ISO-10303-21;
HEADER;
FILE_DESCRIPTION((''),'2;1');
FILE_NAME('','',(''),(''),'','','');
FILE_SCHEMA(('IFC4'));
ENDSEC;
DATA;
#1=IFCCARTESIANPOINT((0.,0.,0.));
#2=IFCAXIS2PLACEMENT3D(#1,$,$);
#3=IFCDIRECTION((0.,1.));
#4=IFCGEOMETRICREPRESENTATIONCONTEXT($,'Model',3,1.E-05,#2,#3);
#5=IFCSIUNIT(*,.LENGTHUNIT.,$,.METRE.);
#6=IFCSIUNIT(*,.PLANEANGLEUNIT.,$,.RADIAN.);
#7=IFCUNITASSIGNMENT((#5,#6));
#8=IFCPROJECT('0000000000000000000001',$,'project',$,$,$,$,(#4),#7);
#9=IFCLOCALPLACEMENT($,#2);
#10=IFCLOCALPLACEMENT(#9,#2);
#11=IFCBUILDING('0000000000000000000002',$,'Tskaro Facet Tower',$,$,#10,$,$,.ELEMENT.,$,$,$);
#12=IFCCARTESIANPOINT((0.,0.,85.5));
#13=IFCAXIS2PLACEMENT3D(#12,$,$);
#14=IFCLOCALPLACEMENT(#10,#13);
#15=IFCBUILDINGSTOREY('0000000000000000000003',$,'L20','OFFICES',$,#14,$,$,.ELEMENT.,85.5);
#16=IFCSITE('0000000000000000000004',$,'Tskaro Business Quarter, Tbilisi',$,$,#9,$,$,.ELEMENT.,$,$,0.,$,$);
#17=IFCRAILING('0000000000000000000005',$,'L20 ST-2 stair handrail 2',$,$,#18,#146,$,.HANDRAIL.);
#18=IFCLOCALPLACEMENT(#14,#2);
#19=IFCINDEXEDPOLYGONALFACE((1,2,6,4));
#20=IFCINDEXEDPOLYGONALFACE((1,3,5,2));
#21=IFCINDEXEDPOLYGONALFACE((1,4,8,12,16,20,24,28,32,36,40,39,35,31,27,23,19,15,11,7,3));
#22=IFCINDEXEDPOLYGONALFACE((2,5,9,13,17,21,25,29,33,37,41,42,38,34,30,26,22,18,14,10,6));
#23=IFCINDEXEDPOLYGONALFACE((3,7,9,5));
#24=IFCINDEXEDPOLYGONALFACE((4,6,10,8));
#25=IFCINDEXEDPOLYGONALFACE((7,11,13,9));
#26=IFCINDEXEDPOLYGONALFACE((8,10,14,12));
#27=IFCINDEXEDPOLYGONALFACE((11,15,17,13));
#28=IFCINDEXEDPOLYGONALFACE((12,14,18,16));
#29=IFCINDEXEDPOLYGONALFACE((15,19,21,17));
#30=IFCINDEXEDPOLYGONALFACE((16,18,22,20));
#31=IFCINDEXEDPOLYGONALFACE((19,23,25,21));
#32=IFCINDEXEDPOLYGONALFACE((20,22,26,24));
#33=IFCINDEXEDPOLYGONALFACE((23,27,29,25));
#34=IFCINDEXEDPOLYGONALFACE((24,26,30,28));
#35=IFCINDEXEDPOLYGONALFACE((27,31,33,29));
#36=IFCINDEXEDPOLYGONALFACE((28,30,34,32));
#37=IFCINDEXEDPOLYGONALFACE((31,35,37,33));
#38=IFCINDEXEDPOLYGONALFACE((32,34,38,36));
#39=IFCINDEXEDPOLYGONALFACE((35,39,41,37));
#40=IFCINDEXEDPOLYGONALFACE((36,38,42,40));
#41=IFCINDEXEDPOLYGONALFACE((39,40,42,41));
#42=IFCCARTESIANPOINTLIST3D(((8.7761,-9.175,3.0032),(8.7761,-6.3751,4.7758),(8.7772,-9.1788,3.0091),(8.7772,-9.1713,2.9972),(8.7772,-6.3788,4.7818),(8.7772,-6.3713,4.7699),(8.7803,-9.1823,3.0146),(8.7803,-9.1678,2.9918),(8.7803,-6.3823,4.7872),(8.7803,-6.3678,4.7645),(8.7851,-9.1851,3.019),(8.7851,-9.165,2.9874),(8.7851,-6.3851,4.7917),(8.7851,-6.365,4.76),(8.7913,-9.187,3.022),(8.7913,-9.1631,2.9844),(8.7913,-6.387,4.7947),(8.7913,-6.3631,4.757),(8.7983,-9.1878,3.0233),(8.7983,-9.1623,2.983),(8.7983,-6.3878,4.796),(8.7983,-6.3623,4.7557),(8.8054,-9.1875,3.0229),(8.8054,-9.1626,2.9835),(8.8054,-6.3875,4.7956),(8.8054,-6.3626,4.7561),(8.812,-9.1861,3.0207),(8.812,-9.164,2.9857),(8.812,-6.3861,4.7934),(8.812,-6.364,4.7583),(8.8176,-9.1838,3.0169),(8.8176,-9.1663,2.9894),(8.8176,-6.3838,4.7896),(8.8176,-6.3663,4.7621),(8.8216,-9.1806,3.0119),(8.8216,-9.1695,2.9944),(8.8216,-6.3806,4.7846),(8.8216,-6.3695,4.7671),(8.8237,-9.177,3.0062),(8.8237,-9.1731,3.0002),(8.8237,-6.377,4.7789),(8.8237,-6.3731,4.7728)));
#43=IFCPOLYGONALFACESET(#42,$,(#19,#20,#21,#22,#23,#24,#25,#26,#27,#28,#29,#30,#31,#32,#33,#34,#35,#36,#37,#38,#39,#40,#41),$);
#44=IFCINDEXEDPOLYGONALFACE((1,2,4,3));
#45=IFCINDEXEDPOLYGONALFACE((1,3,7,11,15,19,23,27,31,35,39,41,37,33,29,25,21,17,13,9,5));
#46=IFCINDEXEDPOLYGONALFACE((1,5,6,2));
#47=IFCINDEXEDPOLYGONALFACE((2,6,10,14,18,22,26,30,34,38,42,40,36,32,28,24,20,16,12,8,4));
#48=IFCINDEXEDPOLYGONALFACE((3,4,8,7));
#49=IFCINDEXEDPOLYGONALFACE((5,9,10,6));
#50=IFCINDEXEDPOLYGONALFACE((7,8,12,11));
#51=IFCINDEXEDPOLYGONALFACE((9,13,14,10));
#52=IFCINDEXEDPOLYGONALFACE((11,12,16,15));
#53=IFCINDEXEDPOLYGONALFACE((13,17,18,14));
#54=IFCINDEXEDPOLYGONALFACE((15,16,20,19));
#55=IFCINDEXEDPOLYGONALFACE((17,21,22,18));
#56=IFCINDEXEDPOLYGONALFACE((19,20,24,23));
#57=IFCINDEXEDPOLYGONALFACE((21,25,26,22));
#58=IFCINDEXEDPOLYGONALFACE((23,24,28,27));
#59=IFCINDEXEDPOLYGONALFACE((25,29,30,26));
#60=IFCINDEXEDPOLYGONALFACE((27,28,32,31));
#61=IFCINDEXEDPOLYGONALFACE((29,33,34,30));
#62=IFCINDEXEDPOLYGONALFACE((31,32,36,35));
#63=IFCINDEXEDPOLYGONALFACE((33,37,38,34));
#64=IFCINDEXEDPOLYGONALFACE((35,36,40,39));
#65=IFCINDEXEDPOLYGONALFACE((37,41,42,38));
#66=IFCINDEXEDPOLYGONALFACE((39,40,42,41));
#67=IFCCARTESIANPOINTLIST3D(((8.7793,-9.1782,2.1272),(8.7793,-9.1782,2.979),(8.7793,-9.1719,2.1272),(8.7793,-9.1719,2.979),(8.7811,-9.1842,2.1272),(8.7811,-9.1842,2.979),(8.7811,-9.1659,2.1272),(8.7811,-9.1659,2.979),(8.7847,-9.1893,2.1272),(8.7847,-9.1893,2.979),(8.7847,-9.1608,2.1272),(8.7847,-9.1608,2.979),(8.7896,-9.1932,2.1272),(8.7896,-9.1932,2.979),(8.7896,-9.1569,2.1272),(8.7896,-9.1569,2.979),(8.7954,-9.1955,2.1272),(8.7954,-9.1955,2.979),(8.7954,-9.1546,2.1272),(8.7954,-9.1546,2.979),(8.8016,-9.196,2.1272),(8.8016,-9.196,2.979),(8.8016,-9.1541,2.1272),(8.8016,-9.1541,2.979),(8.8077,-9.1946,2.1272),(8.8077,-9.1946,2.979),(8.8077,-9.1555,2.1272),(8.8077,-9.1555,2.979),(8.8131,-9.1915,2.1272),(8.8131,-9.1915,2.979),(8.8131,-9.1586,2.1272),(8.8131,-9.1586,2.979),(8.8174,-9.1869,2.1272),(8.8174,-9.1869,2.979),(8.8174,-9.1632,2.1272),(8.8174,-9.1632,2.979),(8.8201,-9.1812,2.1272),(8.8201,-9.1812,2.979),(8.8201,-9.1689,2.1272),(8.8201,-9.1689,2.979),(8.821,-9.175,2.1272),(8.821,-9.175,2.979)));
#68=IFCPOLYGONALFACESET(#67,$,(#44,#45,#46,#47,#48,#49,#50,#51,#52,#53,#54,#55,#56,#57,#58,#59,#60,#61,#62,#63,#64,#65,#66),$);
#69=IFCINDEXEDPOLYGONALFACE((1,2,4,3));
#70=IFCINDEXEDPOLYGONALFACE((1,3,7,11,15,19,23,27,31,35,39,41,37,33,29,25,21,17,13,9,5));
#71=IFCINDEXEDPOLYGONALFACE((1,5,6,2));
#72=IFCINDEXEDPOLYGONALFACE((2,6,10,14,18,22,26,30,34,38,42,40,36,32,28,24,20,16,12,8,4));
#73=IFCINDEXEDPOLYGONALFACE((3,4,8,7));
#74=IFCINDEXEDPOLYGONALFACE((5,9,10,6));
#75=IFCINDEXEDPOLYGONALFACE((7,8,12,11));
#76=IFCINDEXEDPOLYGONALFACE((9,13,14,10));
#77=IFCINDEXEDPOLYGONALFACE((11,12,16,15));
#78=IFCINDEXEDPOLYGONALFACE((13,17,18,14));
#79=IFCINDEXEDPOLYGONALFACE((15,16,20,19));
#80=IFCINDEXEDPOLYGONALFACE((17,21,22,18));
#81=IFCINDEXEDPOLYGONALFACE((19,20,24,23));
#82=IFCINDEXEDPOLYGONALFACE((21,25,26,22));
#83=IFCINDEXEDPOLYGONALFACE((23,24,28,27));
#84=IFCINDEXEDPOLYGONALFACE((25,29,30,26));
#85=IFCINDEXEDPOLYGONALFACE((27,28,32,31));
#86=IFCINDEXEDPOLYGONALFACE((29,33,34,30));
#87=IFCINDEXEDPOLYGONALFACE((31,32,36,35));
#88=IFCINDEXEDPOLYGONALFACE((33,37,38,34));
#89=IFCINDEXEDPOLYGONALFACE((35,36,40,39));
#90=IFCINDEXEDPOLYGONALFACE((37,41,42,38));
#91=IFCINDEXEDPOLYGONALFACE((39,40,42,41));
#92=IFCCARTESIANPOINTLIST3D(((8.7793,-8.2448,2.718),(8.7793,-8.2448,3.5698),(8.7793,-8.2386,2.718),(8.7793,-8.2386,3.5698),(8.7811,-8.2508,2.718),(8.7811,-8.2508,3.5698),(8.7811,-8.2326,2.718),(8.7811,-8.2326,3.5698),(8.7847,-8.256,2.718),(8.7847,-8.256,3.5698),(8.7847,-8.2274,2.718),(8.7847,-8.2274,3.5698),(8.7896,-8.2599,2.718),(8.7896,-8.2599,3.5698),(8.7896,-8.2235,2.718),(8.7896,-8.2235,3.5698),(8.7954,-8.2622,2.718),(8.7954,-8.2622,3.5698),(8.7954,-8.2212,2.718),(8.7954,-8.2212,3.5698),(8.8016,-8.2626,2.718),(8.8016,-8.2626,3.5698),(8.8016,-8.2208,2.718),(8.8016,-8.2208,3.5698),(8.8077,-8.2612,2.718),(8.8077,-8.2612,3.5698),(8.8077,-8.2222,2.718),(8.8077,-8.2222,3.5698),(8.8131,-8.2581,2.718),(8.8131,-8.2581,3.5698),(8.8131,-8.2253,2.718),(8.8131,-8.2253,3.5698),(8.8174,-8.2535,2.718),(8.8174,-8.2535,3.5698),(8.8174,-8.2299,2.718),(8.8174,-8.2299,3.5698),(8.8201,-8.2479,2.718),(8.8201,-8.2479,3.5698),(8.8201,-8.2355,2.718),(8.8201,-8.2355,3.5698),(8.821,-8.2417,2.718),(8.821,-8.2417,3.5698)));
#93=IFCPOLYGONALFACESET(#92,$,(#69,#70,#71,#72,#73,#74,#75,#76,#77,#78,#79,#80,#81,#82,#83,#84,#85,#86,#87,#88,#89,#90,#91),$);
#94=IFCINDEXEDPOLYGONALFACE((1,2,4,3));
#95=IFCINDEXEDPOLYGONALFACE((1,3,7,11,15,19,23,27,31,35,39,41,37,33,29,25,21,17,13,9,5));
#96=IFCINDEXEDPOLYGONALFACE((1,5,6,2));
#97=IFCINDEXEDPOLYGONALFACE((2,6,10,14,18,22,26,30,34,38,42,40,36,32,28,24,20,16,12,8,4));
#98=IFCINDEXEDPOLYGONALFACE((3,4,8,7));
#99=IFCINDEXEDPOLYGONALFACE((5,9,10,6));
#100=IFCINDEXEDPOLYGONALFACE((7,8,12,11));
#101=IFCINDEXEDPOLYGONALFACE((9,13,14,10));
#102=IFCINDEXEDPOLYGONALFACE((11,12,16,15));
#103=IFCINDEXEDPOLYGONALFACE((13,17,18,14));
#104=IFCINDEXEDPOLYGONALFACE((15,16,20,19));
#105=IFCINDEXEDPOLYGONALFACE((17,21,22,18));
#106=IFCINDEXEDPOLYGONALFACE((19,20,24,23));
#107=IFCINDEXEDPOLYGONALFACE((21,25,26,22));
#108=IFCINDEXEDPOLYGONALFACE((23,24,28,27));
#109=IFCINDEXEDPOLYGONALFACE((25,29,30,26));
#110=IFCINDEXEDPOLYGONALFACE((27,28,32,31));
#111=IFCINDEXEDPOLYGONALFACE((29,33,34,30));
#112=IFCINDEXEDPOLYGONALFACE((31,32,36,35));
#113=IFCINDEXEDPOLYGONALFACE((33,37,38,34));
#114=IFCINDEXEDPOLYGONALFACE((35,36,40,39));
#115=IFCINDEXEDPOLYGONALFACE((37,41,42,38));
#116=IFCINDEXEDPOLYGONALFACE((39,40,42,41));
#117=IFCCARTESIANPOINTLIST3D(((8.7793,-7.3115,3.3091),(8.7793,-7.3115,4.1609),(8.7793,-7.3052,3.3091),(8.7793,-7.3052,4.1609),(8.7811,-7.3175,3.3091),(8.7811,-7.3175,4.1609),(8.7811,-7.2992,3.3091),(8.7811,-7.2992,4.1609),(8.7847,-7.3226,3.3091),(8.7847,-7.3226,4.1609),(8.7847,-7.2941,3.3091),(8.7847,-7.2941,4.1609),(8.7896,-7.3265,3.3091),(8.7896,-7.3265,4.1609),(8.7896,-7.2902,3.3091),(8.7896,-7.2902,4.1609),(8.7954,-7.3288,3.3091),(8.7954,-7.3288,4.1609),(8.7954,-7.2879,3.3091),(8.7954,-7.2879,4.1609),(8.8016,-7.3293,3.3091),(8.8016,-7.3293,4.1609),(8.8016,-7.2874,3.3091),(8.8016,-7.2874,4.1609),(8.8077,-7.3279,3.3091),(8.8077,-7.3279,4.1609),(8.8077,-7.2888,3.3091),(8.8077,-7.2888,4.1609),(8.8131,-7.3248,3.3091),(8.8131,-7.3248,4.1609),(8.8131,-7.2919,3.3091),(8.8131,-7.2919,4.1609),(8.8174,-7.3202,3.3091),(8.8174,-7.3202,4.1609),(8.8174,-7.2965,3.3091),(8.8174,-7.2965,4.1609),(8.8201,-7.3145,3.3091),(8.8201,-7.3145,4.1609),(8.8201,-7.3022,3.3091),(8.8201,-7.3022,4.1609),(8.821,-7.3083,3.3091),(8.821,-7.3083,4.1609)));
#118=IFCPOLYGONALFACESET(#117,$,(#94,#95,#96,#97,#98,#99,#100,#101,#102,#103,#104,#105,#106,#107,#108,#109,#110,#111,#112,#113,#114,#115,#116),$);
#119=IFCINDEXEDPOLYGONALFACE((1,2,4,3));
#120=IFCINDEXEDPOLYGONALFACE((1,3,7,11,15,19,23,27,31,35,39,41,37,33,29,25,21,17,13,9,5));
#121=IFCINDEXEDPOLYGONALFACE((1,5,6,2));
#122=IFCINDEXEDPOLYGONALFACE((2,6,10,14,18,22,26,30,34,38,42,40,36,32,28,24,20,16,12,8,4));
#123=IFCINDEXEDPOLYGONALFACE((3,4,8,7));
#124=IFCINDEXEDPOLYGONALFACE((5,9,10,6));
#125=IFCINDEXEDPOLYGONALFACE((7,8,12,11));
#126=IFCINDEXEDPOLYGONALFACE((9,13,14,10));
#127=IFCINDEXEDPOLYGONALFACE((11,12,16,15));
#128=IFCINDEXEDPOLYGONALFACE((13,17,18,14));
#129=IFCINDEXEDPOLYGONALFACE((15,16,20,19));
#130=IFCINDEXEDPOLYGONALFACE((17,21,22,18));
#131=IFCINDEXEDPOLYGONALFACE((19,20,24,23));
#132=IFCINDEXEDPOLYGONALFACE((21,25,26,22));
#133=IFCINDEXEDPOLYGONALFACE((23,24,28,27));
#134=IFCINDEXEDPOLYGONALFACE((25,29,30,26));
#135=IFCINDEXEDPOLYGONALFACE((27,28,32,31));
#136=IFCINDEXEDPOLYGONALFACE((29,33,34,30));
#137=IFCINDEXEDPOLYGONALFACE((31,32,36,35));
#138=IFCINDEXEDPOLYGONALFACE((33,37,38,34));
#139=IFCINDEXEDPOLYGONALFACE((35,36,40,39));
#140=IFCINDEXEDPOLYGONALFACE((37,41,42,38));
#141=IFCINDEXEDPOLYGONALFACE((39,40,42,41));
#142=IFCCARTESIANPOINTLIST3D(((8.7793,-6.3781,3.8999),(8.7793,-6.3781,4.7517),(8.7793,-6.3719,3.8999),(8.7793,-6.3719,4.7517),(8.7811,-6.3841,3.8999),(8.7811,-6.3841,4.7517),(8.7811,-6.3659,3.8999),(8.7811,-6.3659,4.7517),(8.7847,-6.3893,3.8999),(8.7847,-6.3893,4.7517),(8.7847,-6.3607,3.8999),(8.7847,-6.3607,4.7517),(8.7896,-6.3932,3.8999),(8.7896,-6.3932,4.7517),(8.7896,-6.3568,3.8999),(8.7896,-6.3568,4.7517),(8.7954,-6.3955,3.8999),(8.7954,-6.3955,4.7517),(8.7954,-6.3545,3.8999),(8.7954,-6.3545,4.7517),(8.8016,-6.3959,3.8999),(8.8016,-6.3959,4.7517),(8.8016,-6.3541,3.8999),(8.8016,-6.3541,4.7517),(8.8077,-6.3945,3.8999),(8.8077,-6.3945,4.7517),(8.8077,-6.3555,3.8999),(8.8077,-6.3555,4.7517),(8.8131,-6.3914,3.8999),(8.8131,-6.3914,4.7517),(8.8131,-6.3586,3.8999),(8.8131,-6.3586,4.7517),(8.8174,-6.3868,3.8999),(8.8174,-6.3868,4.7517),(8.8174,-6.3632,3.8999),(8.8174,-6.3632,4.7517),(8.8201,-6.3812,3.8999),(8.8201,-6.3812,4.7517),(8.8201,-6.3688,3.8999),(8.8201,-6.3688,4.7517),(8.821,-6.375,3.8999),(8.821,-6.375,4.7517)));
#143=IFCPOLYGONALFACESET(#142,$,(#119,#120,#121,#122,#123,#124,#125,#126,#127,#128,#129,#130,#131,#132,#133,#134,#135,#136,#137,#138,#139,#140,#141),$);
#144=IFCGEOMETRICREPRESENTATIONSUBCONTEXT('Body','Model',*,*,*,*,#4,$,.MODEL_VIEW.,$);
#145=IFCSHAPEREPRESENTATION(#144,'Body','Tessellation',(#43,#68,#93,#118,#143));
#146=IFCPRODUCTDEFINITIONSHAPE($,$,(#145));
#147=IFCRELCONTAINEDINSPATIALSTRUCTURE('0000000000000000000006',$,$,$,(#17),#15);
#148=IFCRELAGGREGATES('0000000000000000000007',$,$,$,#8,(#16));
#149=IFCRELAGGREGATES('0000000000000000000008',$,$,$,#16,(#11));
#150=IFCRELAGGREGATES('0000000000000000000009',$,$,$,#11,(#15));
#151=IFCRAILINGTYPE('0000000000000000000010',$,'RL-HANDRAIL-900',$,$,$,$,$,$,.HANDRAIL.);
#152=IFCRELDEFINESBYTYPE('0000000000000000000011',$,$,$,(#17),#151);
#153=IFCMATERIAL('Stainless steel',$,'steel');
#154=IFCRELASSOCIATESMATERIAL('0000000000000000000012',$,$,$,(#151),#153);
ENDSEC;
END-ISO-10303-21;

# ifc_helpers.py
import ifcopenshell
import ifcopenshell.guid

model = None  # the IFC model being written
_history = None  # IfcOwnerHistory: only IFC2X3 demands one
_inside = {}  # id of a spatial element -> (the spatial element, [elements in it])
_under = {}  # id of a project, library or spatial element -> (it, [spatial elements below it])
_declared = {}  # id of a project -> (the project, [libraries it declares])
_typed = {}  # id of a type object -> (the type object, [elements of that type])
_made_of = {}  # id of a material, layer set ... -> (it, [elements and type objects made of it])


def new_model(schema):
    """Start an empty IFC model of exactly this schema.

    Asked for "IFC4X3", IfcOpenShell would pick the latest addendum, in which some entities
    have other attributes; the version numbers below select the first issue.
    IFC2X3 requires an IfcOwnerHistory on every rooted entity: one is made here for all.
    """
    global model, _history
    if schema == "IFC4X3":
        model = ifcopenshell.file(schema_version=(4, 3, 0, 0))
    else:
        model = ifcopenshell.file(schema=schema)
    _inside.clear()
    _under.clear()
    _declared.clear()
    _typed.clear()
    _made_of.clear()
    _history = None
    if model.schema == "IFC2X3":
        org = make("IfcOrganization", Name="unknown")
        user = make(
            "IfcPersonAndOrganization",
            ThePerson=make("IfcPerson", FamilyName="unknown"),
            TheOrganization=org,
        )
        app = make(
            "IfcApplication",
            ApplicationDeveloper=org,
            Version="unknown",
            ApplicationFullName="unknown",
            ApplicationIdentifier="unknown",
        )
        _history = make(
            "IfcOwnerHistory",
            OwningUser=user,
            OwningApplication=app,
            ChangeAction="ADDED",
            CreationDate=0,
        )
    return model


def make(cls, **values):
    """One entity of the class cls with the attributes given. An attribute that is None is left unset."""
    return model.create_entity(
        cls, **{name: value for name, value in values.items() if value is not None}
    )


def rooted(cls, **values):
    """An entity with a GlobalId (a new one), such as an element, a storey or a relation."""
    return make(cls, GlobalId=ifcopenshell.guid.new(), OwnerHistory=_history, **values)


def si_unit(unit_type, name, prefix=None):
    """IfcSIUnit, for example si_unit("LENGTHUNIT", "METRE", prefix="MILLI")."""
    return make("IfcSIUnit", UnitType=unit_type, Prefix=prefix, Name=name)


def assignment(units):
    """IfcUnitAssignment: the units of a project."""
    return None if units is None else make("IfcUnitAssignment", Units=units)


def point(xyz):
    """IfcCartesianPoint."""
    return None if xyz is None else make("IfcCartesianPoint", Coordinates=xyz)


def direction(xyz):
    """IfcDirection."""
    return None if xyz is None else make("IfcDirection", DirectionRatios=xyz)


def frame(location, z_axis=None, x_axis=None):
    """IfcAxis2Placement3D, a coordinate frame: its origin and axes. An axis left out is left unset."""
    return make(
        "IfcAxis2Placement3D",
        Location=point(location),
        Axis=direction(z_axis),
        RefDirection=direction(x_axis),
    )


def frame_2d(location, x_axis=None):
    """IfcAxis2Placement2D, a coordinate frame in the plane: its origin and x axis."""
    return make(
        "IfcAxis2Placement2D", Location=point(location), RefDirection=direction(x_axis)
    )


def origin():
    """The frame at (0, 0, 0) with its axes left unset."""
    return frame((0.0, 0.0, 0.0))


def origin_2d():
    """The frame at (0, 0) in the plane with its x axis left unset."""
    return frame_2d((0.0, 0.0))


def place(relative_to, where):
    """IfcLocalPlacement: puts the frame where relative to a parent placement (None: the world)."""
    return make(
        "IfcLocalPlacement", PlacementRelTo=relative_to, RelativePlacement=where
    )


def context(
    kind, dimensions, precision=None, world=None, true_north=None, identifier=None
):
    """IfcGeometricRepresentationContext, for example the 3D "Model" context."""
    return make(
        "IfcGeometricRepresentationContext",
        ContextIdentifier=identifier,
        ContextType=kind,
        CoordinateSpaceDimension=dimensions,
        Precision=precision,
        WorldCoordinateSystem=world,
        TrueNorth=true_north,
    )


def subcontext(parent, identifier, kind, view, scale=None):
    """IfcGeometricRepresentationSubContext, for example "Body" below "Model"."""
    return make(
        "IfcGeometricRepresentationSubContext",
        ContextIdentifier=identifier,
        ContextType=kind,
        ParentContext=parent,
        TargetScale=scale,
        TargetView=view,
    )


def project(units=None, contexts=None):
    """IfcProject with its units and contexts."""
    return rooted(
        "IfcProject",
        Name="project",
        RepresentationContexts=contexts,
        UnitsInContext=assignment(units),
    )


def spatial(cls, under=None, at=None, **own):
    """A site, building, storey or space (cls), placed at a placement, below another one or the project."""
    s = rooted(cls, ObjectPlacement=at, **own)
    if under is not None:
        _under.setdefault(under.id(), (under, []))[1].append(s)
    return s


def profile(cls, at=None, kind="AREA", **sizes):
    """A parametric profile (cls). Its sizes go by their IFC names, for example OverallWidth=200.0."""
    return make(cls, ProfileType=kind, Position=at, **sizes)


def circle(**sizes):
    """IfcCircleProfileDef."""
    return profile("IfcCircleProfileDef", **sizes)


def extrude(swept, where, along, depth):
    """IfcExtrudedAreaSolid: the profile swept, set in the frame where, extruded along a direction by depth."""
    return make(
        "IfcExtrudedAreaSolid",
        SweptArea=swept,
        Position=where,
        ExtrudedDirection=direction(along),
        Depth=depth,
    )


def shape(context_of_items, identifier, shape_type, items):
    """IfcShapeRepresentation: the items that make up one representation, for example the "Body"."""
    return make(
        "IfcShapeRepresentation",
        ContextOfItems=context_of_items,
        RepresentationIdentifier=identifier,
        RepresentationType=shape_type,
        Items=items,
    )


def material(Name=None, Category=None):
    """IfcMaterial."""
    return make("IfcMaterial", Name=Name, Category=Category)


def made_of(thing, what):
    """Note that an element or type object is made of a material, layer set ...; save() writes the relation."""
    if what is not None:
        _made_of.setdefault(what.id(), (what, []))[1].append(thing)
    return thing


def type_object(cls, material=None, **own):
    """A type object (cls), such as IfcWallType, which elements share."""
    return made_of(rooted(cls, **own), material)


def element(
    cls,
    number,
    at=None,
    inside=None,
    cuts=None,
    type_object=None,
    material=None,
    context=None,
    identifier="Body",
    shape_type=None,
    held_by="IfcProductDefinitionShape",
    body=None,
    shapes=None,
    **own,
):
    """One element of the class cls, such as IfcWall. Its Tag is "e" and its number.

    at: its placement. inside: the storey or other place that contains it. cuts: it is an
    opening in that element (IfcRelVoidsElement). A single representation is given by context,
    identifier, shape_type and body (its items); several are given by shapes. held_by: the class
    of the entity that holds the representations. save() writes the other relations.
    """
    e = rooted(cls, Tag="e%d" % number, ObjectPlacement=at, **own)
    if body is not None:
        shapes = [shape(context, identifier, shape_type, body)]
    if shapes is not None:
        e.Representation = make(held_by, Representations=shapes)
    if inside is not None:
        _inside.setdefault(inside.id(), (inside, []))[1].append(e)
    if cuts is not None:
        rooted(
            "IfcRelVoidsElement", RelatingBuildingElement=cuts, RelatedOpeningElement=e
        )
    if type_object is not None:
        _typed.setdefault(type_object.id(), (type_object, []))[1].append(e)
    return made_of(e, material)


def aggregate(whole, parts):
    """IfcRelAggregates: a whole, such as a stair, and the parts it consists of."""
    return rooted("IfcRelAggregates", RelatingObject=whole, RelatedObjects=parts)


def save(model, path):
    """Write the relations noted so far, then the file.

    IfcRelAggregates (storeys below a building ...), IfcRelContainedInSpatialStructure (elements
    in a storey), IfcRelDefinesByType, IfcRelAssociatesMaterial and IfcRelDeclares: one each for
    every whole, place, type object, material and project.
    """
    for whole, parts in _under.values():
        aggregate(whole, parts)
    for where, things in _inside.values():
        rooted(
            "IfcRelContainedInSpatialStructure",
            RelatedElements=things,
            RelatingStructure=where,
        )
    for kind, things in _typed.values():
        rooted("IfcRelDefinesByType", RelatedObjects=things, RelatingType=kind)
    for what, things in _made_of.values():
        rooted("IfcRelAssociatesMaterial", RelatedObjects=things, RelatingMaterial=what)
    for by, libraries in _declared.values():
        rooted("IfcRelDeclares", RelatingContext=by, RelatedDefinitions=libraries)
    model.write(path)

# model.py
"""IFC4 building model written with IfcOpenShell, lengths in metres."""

from ifc_helpers import new_model, si_unit, direction, frame, origin, origin_2d, place, context, subcontext, project, spatial, circle, extrude, material, type_object, element, save


model = new_model("IFC4")

# Units and contexts
model_context = context("Model", 3, precision=1e-05, world=origin(), true_north=direction((0.0, 1.0)))
body_context = subcontext(model_context, "Body", "Model", "MODEL_VIEW")
ifc_project = project(units=[si_unit("LENGTHUNIT", "METRE"), si_unit("PLANEANGLEUNIT", "RADIAN")], contexts=[model_context])

# Site, building, storey
site_placement = place(None, origin())
site = spatial("IfcSite", under=ifc_project, at=site_placement, Name="Tskaro Business Quarter, Tbilisi", CompositionType="ELEMENT", RefElevation=0.0)
building_placement = place(site_placement, origin())
building = spatial("IfcBuilding", under=site, at=building_placement, Name="Tskaro Facet Tower", CompositionType="ELEMENT")
storey_placement = place(building_placement, frame((0.0, 0.0, 85.5)))
storey = spatial("IfcBuildingStorey", under=building, at=storey_placement, Name="L20", Description="OFFICES", CompositionType="ELEMENT", Elevation=85.5)

# Railing
ifc_material_1 = material(Name="Stainless steel", Category="steel")
railing_type_1 = type_object("IfcRailingType", Name="RL-HANDRAIL-900", PredefinedType="HANDRAIL", material=ifc_material_1)
railing_1_placement = place(storey_placement, frame((8.8, -9.175, 2.1272)))
element("IfcRailing", 1, at=railing_1_placement, inside=storey, type_object=railing_type_1, Name="L20 ST-2 stair handrail 2", PredefinedType="HANDRAIL", context=body_context, shape_type="SweptSolid", body=[
    extrude(circle(Radius=0.0239, at=origin_2d()), frame((0.0, 0.0, 0.876), z_axis=(0.0, 0.844909, 0.53491), x_axis=(-1.0, 0.0, 0.0)), (0.0, 0.0, 1.0), 3.314),
    extrude(circle(Radius=0.021, at=origin_2d()), origin(), (0.0, 0.0, 1.0), 0.8518),
    extrude(circle(Radius=0.021, at=origin_2d()), frame((0.0, 0.9333, 0.5908)), (0.0, 0.0, 1.0), 0.8518),
    extrude(circle(Radius=0.021, at=origin_2d()), frame((0.0, 1.8667, 1.1819)), (0.0, 0.0, 1.0), 0.8518),
    extrude(circle(Radius=0.021, at=origin_2d()), frame((0.0, 2.8, 1.7727)), (0.0, 0.0, 1.0), 0.8518),
])

save(model, "model.ifc")
